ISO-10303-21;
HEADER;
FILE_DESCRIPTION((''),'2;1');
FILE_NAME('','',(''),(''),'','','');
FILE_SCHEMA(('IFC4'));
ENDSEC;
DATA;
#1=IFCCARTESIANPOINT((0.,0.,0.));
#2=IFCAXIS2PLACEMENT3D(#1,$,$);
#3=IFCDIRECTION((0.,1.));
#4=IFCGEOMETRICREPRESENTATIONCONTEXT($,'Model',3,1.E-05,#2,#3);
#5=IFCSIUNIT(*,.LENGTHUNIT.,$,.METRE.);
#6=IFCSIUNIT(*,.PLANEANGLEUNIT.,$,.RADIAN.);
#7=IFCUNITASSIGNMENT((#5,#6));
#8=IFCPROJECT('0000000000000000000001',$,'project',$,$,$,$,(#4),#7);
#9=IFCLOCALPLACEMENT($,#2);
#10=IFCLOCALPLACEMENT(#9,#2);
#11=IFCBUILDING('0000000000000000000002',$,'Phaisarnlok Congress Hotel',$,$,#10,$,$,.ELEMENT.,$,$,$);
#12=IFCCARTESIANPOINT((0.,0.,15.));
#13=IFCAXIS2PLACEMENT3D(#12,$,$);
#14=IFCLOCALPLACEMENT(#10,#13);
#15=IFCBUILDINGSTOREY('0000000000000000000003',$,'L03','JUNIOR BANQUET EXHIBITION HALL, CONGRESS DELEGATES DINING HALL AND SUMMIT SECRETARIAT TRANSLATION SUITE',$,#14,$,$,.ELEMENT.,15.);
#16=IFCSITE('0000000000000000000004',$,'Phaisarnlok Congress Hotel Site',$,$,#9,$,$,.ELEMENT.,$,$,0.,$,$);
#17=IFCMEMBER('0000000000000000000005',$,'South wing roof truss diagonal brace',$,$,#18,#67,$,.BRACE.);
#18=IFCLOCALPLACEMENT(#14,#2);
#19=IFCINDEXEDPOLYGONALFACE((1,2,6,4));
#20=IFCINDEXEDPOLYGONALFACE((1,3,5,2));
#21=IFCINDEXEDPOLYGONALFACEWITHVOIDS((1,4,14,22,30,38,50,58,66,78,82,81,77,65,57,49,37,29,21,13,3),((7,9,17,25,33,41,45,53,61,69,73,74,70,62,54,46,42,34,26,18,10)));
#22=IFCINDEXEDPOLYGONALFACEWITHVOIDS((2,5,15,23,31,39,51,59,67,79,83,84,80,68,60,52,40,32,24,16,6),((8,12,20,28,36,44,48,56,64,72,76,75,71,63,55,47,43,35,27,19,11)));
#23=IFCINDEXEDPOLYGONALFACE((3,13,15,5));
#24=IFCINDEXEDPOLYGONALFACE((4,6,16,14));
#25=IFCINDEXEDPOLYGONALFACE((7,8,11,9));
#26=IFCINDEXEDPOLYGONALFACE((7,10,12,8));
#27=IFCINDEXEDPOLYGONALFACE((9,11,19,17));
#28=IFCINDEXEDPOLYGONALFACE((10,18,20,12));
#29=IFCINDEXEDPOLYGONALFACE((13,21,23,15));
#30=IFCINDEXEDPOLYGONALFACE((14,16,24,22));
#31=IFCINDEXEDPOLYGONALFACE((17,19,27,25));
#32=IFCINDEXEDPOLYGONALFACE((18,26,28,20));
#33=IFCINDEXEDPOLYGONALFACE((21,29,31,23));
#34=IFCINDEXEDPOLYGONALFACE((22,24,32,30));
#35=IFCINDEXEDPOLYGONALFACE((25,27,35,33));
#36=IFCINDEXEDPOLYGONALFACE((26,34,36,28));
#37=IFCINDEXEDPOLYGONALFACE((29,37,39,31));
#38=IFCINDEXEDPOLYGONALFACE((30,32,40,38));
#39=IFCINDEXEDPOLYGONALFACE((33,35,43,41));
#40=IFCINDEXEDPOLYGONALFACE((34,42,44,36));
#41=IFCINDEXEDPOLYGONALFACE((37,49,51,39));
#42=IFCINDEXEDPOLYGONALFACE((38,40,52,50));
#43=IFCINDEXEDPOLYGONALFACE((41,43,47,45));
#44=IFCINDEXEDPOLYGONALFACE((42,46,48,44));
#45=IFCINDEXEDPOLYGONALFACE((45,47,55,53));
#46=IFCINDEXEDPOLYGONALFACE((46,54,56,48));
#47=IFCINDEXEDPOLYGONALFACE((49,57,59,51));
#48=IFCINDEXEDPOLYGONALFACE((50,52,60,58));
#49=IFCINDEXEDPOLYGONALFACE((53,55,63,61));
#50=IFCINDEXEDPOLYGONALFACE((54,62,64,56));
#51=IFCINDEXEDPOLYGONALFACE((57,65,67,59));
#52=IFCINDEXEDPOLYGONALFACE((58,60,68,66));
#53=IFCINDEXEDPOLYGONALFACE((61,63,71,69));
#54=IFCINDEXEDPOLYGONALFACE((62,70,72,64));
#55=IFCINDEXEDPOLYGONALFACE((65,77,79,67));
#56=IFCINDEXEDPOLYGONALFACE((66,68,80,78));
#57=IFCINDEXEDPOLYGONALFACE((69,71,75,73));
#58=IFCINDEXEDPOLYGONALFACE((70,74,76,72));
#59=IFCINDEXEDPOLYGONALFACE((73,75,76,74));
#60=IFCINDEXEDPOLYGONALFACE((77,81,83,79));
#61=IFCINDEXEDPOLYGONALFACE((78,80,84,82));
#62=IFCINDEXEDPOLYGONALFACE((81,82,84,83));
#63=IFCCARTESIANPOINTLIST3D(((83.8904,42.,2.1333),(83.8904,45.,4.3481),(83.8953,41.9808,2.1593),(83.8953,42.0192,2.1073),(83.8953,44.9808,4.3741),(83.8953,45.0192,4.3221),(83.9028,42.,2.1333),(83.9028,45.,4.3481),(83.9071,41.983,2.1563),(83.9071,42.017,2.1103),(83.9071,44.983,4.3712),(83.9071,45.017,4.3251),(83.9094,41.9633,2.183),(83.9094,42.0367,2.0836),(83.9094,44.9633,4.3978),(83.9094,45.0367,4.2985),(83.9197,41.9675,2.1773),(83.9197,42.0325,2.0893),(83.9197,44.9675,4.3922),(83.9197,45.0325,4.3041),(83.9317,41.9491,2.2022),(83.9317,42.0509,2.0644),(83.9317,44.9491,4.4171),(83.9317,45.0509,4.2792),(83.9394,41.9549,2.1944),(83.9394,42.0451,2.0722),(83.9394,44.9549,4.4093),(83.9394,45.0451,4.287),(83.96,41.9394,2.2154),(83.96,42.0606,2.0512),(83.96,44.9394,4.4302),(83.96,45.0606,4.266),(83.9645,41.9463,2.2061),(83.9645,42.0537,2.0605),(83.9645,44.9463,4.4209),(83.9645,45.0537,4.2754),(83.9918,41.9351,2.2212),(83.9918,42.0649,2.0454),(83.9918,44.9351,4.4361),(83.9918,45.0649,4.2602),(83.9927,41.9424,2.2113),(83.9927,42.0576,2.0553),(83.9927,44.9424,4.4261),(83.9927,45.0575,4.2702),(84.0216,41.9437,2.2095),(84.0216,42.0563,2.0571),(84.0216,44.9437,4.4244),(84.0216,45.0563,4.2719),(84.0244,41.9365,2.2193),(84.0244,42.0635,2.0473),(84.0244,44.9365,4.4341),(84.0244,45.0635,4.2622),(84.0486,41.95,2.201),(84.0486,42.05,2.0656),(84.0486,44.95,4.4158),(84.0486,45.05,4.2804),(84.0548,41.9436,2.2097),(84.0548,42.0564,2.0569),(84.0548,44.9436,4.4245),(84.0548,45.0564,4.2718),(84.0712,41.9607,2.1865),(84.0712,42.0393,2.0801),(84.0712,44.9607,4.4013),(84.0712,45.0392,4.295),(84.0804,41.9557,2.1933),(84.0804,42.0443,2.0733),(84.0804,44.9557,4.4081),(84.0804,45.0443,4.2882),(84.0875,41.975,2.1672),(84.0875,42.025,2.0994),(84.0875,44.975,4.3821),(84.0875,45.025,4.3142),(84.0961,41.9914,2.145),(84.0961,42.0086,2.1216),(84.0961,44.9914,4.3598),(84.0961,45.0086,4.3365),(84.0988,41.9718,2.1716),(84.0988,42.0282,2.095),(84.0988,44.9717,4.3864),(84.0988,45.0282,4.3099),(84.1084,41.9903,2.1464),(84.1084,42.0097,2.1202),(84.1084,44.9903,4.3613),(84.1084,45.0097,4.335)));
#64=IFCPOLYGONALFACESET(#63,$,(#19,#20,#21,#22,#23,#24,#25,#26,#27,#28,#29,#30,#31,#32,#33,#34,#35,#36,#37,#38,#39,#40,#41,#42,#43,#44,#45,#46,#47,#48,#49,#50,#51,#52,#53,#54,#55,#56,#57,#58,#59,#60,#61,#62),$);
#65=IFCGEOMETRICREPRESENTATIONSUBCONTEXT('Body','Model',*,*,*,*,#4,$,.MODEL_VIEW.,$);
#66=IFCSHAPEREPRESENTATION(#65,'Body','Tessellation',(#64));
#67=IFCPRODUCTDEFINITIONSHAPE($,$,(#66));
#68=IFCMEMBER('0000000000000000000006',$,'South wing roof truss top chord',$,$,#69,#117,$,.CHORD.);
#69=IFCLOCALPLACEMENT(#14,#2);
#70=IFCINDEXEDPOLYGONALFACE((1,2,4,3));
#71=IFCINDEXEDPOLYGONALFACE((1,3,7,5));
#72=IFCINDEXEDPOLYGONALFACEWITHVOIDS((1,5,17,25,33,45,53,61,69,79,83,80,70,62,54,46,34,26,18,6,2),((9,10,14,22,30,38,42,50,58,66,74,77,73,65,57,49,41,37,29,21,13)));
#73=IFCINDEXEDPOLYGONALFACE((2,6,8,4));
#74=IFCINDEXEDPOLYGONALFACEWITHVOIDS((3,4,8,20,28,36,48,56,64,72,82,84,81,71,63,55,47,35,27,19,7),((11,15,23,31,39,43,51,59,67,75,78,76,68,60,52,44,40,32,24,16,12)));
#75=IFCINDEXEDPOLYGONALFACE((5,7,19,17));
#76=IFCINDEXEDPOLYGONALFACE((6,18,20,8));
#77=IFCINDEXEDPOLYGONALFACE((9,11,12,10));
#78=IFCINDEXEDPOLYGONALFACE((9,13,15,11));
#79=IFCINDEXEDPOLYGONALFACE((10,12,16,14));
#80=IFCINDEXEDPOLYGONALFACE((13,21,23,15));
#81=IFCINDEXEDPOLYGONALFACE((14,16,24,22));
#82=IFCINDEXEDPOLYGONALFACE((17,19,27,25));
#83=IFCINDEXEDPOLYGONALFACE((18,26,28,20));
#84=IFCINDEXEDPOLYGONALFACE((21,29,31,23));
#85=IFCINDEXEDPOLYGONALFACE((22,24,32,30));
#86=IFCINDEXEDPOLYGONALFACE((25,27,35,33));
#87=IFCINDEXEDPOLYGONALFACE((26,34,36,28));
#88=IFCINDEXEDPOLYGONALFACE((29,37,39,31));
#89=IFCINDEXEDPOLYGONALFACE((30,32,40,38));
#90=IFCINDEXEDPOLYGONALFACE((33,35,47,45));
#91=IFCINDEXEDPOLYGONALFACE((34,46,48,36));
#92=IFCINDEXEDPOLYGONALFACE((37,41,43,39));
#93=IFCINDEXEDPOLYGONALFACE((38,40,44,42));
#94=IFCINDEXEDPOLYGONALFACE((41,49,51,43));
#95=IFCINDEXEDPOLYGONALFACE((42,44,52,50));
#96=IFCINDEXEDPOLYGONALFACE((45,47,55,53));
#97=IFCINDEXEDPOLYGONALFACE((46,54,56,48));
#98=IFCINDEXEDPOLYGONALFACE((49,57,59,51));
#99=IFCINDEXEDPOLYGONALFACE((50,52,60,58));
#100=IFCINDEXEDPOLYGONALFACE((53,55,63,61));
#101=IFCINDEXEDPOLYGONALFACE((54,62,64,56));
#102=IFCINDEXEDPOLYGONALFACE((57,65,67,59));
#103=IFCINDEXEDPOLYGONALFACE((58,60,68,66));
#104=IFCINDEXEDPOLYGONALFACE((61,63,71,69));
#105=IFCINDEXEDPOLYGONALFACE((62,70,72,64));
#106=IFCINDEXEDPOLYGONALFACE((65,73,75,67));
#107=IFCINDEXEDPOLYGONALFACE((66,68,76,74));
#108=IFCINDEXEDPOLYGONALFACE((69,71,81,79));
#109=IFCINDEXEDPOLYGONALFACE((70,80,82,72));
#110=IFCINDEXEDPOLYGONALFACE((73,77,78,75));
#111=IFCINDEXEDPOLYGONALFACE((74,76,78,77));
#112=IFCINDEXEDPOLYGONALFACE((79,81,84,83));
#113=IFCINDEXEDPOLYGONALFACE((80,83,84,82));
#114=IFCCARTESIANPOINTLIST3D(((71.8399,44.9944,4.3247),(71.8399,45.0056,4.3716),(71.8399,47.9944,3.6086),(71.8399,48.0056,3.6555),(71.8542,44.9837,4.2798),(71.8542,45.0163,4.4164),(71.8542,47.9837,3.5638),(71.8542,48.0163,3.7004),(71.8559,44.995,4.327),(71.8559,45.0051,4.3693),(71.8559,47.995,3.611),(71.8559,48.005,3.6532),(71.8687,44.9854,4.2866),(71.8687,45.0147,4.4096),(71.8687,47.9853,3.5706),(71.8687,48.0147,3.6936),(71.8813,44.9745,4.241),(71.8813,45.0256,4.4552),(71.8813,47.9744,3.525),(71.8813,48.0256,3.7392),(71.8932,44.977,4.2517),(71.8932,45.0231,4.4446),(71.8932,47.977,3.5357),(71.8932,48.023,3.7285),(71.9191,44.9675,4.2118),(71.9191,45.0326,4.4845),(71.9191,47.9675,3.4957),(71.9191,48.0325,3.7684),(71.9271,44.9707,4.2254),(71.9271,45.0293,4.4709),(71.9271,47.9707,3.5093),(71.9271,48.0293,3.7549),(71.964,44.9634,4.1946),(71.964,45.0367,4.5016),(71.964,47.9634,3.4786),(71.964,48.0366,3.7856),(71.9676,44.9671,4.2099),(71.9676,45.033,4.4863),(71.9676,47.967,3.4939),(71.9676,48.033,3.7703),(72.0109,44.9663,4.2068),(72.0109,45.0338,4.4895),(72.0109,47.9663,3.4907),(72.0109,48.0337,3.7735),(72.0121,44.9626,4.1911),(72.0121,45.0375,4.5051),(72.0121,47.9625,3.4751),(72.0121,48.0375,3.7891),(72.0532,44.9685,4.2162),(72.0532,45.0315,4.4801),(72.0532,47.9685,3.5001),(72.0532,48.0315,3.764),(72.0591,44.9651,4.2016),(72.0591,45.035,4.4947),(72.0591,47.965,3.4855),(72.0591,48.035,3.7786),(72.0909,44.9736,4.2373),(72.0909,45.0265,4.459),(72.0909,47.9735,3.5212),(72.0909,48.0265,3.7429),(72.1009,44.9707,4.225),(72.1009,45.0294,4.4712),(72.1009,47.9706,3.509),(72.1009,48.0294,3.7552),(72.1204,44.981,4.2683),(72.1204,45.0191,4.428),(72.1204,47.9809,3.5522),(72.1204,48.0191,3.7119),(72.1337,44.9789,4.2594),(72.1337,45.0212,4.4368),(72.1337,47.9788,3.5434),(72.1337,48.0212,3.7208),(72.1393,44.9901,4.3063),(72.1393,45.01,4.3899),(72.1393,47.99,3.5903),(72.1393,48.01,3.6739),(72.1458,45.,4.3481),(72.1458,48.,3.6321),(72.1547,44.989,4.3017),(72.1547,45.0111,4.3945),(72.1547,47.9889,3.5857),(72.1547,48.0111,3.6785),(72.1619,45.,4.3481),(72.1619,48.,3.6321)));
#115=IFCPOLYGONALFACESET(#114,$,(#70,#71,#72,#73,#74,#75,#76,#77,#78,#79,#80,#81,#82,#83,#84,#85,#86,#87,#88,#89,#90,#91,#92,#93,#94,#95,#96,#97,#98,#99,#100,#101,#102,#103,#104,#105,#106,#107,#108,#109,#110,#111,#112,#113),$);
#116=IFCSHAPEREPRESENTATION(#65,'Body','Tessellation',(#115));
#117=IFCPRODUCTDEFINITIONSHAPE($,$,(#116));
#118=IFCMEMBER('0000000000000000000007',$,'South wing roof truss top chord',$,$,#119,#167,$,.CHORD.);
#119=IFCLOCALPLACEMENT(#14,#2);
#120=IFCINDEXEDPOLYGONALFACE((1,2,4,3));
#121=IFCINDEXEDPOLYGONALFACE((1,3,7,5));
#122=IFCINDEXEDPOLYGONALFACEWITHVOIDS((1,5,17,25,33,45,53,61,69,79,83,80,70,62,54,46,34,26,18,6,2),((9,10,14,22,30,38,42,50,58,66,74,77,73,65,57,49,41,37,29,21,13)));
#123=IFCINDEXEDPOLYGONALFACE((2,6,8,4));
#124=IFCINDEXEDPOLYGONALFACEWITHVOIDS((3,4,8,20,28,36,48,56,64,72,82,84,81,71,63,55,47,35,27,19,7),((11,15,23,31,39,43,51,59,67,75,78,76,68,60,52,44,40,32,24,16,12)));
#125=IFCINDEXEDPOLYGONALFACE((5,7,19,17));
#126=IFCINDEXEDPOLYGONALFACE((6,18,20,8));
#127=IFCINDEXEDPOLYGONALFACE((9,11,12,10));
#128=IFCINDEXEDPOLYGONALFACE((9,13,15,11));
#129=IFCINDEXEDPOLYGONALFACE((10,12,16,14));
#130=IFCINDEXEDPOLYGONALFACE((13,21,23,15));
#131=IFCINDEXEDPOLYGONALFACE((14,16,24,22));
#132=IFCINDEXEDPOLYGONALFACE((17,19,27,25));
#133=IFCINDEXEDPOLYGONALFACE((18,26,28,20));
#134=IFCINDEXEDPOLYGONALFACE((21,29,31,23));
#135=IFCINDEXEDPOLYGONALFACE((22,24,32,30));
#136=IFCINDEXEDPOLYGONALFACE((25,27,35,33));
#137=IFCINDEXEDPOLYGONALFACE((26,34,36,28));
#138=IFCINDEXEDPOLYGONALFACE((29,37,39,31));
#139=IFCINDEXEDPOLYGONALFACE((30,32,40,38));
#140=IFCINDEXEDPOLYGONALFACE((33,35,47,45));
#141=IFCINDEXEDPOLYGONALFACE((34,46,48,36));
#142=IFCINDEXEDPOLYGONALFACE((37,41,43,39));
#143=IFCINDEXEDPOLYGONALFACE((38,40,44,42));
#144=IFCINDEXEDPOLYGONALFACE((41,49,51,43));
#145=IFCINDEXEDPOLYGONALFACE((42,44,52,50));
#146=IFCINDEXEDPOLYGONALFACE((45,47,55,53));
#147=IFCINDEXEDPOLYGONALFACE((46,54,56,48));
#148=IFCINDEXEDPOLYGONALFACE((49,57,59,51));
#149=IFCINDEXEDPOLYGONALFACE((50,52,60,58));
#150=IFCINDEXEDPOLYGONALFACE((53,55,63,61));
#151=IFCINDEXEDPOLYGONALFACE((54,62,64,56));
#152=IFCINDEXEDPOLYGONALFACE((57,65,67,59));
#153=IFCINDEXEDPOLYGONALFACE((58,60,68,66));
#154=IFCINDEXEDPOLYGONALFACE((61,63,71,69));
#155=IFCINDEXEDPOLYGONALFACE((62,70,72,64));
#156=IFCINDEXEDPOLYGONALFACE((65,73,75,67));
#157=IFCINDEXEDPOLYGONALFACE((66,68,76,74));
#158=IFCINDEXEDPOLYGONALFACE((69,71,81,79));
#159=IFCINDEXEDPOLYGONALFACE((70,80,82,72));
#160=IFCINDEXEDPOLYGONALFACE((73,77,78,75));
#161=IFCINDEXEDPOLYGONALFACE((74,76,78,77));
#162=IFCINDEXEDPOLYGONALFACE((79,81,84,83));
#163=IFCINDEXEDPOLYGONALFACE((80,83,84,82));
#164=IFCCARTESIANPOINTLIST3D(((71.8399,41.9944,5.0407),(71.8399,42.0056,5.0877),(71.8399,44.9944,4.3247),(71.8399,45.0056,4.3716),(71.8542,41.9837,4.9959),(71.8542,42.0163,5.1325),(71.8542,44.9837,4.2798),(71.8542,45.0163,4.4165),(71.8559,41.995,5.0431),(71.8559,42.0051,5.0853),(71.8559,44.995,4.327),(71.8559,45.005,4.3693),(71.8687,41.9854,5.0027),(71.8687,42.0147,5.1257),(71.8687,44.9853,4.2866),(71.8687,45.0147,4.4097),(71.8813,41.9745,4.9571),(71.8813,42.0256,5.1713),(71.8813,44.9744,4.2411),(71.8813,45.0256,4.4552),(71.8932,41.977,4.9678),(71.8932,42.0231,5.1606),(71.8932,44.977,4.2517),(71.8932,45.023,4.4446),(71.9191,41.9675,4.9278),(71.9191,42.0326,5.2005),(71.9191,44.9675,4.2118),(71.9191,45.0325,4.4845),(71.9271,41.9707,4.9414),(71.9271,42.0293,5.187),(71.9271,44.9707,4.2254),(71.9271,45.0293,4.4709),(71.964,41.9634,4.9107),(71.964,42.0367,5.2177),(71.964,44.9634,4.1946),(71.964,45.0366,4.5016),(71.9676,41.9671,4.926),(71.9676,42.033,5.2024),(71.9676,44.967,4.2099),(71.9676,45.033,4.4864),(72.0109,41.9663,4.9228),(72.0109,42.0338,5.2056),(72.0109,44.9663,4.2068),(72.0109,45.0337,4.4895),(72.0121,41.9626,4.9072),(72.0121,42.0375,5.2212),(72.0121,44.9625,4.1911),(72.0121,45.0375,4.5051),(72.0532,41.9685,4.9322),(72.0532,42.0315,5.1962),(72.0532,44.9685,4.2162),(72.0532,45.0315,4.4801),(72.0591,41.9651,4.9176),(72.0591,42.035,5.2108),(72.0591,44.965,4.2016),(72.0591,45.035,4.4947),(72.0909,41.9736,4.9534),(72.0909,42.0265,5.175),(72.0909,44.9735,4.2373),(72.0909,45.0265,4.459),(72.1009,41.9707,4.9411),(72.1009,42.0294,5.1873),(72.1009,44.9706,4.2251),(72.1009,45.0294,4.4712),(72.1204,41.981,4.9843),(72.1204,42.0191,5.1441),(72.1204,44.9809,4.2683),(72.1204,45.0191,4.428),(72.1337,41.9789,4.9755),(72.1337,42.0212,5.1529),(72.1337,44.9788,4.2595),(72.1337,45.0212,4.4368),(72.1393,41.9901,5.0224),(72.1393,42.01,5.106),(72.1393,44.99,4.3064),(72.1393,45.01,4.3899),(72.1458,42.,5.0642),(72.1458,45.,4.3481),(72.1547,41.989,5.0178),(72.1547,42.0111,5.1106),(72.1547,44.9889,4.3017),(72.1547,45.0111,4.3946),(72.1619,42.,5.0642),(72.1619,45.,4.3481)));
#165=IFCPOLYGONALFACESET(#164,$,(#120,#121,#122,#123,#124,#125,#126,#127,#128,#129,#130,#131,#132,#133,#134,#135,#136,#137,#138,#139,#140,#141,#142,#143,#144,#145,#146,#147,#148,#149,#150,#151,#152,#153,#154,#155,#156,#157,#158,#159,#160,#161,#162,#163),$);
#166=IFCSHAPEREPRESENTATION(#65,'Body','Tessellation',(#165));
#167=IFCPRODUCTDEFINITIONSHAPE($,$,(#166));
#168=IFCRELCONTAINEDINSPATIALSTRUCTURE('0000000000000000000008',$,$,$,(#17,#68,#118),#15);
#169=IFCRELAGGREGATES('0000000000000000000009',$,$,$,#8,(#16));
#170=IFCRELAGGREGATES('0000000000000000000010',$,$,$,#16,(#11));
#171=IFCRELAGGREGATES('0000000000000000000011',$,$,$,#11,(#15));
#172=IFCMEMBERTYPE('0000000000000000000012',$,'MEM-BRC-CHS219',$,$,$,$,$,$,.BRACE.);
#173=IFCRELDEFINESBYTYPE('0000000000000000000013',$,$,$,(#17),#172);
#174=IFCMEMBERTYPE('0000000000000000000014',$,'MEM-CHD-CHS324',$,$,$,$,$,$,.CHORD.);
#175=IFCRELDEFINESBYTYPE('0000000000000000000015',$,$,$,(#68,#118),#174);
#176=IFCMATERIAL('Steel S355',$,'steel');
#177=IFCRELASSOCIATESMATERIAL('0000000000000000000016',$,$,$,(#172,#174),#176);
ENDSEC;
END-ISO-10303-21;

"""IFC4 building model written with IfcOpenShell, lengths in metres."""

from ifc_helpers import new_model, si_unit, direction, frame, origin, origin_2d, place, context, subcontext, project, spatial, hollow_circle, extrude, material, material_profile, profile_set, type_object, element, save


model = new_model("IFC4")

# Units and contexts
model_context = context("Model", 3, precision=1e-05, world=origin(), true_north=direction((0.0, 1.0)))
body_context = subcontext(model_context, "Body", "Model", "MODEL_VIEW")
ifc_project = project(units=[si_unit("LENGTHUNIT", "METRE"), si_unit("PLANEANGLEUNIT", "RADIAN")], contexts=[model_context])

# Site, building, storey
site_placement = place(None, origin())
site = spatial("IfcSite", under=ifc_project, at=site_placement, Name="Phaisarnlok Congress Hotel Site", CompositionType="ELEMENT", RefElevation=0.0)
building_placement = place(site_placement, origin())
building = spatial("IfcBuilding", under=site, at=building_placement, Name="Phaisarnlok Congress Hotel", CompositionType="ELEMENT")
storey_placement = place(building_placement, frame((0.0, 0.0, 15.0)))
storey = spatial("IfcBuildingStorey", under=building, at=storey_placement, Name="L03", Description="JUNIOR BANQUET EXHIBITION HALL, CONGRESS DELEGATES DINING HALL AND SUMMIT SECRETARIAT TRANSLATION SUITE", CompositionType="ELEMENT", Elevation=15.0)

# Shared definitions
ifc_material = material(Name="Steel S355", Category="steel")

# Members
ifc_material_profile_1 = material_profile(ifc_material, hollow_circle(Radius=0.1096, WallThickness=0.0125, at=origin_2d()), Name="CHS 219.1x12.5")
ifc_profile_set_1 = profile_set([ifc_material_profile_1], Name="Steel S355")
member_type_1 = type_object("IfcMemberType", Name="MEM-BRC-CHS219", PredefinedType="BRACE", material=ifc_profile_set_1)
member_1_placement = place(storey_placement, frame((84.0, 42.0, 2.1333), z_axis=(0.0, 0.804503, 0.593949), x_axis=(-1.0, 0.0, 0.0)))
element("IfcMember", 1, at=member_1_placement, inside=storey, type_object=member_type_1, Name="South wing roof truss diagonal brace", PredefinedType="BRACE", context=body_context, shape_type="SweptSolid", body=[
    extrude(hollow_circle(Radius=0.1096, WallThickness=0.0125, at=origin_2d()), origin(), (0.0, 0.0, 1.0), 3.729),
])
ifc_material_profile_2 = material_profile(ifc_material, hollow_circle(Radius=0.1619, WallThickness=0.0161, at=origin_2d()), Name="CHS 323.9x16")
ifc_profile_set_2 = profile_set([ifc_material_profile_2], Name="Steel S355")
member_type_2 = type_object("IfcMemberType", Name="MEM-CHD-CHS324", PredefinedType="CHORD", material=ifc_profile_set_2)
for number, where, z_axis, x_axis, name in (
    (2, (72.0, 48.0, 3.6321), (0.0, -0.972676, 0.232166), (1.0, 0.0, 0.0), "South wing roof truss top chord"),
    (3, (72.0, 45.0, 4.3481), (0.0, -0.972676, 0.232166), (1.0, 0.0, 0.0), "South wing roof truss top chord"),
):
    element("IfcMember", number, at=place(storey_placement, frame(where, z_axis=z_axis, x_axis=x_axis)), inside=storey, type_object=member_type_2, Name=name, PredefinedType="CHORD", context=body_context, shape_type="SweptSolid", body=[
        extrude(hollow_circle(Radius=0.1619, WallThickness=0.0161, at=origin_2d()), origin(), (0.0, 0.0, 1.0), 3.0842),
    ])

save(model, "model.ifc")
